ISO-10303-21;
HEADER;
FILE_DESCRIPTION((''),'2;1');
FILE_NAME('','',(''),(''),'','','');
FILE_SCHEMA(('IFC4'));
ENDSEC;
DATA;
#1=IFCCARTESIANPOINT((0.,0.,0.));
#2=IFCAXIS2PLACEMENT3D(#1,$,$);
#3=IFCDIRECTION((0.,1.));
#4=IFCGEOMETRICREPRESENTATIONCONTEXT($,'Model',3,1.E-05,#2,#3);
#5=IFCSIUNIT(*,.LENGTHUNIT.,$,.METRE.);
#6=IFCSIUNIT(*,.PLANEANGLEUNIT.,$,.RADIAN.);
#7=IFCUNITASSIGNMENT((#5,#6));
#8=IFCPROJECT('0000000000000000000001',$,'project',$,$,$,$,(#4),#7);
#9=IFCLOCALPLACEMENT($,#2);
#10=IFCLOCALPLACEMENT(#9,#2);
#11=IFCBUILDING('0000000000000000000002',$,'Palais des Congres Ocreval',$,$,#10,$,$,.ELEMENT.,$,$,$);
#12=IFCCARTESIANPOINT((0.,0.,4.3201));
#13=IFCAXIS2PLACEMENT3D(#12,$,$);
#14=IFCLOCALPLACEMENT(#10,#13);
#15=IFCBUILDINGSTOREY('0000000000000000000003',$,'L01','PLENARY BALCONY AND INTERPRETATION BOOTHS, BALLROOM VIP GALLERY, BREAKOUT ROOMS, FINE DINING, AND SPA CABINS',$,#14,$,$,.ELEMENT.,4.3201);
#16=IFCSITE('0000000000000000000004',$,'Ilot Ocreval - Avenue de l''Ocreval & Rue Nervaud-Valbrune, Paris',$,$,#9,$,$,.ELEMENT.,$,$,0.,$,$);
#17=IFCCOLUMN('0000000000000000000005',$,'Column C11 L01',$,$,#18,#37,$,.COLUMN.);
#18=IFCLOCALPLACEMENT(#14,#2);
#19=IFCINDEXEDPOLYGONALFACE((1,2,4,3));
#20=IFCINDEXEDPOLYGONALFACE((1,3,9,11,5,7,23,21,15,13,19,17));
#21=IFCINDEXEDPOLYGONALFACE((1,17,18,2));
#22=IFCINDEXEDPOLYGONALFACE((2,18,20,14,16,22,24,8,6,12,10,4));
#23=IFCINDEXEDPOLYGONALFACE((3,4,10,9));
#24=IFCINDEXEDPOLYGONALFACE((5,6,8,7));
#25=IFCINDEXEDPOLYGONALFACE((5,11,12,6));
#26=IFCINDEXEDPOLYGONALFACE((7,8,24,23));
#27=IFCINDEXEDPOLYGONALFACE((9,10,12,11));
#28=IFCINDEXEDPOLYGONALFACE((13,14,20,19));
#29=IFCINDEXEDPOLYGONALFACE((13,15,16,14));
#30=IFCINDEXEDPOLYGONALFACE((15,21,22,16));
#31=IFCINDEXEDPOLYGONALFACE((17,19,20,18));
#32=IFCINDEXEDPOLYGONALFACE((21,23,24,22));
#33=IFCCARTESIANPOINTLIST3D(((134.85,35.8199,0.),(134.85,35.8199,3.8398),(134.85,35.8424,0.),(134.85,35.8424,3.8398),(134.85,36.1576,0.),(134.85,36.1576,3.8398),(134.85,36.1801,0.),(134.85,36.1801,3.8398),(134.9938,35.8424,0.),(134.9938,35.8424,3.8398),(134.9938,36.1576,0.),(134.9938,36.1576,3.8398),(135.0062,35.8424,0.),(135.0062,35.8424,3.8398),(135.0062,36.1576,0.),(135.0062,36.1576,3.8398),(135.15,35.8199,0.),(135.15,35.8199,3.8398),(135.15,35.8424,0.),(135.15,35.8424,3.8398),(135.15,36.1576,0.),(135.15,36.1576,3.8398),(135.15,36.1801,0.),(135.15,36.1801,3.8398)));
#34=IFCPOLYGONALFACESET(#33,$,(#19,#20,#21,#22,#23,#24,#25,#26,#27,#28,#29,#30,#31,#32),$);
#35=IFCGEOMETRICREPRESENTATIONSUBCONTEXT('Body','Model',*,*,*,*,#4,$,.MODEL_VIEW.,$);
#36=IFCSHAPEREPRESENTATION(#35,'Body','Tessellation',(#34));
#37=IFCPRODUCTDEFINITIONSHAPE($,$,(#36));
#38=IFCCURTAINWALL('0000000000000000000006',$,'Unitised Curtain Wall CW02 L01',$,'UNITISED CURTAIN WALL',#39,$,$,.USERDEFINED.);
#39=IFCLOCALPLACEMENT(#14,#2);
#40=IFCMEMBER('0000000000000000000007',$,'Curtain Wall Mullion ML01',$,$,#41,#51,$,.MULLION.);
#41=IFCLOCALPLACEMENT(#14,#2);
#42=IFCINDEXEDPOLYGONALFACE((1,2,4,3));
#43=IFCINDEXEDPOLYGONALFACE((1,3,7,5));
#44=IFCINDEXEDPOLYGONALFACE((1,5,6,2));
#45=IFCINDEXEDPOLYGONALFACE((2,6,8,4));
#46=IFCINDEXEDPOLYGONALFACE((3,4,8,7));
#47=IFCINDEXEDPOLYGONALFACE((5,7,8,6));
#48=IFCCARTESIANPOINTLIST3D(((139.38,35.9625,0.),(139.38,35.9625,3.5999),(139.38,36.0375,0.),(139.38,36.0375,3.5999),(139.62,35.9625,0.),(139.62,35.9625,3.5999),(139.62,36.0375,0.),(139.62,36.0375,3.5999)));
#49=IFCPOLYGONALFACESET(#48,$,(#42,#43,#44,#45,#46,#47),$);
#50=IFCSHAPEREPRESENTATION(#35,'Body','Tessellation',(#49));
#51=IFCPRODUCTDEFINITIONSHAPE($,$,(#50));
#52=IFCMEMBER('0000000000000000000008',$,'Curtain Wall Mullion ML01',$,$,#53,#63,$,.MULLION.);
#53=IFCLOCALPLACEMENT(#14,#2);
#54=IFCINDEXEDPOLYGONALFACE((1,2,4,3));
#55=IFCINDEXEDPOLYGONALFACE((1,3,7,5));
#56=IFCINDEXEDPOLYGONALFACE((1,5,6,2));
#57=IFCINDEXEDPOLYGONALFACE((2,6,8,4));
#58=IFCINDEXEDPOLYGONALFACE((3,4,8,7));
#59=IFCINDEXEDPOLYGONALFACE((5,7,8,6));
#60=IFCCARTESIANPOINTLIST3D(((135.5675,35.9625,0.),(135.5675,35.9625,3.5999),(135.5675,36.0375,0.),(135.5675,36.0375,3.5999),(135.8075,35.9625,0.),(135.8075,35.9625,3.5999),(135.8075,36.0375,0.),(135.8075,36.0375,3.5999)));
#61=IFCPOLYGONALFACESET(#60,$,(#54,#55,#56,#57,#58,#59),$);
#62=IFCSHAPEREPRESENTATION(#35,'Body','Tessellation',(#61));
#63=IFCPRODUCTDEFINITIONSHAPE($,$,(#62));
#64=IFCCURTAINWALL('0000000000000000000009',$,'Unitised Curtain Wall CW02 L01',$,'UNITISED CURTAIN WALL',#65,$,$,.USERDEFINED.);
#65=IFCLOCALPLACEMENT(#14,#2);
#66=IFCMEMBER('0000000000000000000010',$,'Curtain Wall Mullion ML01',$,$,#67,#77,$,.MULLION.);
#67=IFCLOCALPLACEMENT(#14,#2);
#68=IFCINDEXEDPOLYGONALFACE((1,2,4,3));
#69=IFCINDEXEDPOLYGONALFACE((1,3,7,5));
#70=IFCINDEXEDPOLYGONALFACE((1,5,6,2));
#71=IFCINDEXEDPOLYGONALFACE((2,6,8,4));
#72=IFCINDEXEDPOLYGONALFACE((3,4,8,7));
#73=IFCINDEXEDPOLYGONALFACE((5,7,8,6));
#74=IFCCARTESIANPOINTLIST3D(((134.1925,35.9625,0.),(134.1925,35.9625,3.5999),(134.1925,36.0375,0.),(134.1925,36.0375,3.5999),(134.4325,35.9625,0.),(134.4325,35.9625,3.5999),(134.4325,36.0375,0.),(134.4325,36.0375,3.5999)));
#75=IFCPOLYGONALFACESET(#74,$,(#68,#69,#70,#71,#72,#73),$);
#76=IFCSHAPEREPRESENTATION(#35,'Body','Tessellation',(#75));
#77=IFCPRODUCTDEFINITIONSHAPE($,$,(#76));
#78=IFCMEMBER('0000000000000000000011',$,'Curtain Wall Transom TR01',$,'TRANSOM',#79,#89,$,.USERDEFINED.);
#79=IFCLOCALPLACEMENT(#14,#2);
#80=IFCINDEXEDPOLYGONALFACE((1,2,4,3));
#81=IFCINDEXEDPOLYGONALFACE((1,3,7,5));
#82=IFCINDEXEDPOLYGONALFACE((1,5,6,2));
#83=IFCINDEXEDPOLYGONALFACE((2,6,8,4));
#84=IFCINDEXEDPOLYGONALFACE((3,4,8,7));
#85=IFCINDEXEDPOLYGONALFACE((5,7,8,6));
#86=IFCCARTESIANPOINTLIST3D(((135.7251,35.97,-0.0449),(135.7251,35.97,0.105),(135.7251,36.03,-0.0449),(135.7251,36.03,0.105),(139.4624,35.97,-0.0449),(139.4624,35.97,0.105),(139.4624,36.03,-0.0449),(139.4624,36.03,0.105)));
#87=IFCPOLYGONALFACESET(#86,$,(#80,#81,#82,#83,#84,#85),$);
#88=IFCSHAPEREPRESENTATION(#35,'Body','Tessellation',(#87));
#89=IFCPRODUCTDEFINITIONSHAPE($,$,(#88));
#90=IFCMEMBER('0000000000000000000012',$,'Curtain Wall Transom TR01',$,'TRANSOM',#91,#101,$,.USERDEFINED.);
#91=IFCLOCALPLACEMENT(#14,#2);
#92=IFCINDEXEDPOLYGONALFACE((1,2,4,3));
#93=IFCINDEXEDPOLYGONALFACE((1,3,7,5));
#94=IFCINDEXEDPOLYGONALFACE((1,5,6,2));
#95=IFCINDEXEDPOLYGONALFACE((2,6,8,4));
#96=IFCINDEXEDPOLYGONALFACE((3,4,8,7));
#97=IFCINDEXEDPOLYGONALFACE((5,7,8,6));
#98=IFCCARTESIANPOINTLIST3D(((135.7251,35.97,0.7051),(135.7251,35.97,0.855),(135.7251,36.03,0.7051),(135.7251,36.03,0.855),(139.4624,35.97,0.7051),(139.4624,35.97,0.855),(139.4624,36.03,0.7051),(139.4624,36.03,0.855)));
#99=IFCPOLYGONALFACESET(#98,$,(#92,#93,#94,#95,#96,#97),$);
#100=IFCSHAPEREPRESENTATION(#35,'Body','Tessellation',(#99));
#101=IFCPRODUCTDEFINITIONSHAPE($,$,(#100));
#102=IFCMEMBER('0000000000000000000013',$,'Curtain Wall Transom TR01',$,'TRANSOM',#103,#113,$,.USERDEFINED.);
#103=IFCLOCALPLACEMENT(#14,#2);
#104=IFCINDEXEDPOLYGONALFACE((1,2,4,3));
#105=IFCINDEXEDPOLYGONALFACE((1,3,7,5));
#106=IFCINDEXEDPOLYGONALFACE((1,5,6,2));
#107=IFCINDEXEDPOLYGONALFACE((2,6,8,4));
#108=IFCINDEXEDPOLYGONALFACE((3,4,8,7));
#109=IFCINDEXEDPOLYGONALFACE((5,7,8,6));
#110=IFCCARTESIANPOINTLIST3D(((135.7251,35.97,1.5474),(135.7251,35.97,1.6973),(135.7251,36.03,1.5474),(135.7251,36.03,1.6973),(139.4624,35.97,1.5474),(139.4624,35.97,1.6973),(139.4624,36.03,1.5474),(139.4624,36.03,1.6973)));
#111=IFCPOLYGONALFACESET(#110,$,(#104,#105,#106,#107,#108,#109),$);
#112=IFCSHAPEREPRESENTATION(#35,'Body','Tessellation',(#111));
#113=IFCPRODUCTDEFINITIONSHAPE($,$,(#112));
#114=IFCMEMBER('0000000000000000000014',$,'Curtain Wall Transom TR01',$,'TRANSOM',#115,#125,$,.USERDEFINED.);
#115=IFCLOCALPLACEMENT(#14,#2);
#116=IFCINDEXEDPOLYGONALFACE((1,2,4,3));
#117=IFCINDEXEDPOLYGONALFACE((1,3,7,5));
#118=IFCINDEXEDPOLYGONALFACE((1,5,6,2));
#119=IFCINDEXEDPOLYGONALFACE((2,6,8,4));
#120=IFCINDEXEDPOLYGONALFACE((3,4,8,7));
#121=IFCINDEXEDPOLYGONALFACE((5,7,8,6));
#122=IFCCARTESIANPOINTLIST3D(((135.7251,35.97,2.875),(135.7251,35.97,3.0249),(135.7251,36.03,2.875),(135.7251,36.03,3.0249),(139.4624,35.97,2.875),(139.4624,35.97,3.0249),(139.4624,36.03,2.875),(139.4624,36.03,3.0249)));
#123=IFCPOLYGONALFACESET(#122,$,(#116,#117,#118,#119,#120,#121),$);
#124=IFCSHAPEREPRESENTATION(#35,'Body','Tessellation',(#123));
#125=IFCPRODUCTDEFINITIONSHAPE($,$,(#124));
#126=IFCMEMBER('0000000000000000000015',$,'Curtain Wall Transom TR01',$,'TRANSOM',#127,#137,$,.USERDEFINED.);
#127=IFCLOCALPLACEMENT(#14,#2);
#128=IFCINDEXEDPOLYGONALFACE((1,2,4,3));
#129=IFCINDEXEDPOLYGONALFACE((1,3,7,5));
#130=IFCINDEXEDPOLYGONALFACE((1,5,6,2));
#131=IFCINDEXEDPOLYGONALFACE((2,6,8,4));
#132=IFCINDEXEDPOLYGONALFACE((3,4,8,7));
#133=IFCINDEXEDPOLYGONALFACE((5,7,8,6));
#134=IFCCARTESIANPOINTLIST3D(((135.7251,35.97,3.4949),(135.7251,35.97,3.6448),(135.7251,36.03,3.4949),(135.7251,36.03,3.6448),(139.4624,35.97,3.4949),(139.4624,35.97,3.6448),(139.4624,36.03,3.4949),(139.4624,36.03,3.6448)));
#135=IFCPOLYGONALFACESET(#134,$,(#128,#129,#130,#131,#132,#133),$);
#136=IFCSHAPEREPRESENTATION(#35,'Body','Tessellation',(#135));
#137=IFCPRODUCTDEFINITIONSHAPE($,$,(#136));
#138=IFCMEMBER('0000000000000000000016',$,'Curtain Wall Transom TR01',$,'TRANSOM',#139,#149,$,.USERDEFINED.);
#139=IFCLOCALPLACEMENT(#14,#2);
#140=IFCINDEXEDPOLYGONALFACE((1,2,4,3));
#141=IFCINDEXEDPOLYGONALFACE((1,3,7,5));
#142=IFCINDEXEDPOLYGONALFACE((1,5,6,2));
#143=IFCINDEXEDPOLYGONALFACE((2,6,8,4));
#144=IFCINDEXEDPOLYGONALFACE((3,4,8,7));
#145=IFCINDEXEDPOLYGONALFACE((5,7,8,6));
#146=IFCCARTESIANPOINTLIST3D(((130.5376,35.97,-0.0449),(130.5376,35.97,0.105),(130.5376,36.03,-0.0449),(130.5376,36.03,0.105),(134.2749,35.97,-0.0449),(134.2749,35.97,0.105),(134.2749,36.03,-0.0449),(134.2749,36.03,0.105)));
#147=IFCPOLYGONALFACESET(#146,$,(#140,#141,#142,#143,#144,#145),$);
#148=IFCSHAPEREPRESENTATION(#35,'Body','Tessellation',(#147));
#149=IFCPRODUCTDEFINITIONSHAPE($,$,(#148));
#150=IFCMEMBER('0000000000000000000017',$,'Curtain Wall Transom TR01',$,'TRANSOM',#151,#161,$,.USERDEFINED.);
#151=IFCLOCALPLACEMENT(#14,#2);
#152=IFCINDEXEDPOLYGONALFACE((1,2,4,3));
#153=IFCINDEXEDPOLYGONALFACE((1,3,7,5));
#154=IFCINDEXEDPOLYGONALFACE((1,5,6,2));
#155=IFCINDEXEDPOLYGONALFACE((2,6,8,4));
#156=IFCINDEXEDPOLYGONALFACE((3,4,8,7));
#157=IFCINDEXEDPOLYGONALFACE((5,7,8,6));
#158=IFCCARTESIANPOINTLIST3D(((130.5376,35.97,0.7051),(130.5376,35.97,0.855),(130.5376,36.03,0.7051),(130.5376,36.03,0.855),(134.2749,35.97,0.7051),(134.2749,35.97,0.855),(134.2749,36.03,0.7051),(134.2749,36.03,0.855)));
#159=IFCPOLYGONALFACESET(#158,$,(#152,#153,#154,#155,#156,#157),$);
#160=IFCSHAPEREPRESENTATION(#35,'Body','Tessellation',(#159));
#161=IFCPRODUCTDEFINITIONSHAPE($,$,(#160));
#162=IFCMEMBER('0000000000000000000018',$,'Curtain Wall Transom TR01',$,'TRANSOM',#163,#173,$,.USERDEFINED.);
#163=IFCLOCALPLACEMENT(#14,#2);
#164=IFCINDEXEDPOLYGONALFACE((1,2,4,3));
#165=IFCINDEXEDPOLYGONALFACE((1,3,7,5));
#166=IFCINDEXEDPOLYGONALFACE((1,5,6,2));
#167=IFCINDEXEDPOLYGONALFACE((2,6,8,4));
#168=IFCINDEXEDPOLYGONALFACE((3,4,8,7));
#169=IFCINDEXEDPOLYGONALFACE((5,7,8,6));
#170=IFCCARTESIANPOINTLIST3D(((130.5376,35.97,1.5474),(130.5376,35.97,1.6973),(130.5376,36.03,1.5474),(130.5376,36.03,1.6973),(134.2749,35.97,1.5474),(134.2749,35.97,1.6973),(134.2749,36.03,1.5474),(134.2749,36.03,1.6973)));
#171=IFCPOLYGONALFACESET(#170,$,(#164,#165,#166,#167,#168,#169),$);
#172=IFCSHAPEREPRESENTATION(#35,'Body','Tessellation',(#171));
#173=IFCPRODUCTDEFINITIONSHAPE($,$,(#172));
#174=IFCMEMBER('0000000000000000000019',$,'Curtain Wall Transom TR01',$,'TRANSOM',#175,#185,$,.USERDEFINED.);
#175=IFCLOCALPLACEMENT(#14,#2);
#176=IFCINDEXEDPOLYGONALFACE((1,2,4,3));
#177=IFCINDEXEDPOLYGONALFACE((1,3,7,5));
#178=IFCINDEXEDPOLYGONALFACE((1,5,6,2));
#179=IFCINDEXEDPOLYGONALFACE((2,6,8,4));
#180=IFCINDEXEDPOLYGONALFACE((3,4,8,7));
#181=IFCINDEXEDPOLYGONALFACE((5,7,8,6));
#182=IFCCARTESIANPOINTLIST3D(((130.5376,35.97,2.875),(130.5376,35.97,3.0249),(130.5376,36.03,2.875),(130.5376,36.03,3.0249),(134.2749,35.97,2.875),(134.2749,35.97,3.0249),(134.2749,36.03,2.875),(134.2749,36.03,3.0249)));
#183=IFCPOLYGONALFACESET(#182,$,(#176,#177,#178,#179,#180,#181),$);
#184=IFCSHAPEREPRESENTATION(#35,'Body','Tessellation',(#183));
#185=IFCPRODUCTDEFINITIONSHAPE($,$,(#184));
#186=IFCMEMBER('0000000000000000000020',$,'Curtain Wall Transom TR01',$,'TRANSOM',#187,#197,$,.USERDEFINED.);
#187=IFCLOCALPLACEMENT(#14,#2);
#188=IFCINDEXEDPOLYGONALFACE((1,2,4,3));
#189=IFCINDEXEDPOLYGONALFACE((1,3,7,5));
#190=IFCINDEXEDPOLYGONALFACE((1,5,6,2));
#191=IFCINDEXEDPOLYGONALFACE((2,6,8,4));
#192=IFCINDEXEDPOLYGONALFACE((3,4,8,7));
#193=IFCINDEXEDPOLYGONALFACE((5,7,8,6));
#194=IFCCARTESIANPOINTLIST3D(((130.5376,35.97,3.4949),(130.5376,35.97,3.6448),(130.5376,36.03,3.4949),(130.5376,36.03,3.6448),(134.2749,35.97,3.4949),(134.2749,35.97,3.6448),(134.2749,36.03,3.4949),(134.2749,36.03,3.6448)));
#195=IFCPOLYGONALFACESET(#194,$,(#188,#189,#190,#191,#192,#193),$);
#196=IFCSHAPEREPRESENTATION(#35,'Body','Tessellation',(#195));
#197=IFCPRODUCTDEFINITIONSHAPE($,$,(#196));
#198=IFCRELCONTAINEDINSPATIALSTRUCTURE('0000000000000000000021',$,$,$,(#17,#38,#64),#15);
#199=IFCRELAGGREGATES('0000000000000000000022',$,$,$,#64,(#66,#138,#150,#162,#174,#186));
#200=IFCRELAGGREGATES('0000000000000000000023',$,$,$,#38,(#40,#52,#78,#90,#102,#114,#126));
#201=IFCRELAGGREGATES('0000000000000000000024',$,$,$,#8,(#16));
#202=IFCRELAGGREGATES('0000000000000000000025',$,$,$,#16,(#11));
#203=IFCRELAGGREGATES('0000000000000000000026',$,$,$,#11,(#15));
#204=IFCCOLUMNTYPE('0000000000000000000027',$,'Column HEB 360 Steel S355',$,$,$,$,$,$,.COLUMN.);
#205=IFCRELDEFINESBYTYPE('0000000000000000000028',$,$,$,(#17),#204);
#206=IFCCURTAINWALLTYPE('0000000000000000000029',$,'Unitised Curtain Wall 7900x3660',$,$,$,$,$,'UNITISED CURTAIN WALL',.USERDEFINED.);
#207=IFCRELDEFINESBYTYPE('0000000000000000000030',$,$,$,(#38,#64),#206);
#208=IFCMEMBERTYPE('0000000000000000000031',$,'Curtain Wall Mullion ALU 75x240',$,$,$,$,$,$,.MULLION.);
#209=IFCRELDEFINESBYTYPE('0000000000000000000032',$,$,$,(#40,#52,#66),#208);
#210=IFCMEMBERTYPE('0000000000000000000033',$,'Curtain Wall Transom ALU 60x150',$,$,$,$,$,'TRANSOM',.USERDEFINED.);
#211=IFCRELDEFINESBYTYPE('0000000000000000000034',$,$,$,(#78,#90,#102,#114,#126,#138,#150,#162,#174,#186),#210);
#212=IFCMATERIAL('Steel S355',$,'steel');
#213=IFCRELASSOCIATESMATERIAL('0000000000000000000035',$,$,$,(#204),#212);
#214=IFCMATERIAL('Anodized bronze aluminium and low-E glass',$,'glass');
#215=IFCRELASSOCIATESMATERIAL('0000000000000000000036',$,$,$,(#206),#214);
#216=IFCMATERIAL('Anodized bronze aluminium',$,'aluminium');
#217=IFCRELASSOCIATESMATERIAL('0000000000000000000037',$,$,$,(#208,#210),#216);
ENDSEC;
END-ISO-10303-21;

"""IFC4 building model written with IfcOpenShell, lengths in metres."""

from ifc_helpers import new_model, si_unit, direction, frame, origin, origin_2d, place, context, subcontext, project, spatial, rectangle, i_section, extrude, material, material_profile, profile_set, type_object, element, aggregate, save


model = new_model("IFC4")

# Units and contexts
model_context = context("Model", 3, precision=1e-05, world=origin(), true_north=direction((0.0, 1.0)))
body_context = subcontext(model_context, "Body", "Model", "MODEL_VIEW")
ifc_project = project(units=[si_unit("LENGTHUNIT", "METRE"), si_unit("PLANEANGLEUNIT", "RADIAN")], contexts=[model_context])

# Site, building, storey
site_placement = place(None, origin())
site = spatial("IfcSite", under=ifc_project, at=site_placement, Name="Ilot Ocreval - Avenue de l'Ocreval & Rue Nervaud-Valbrune, Paris", CompositionType="ELEMENT", RefElevation=0.0)
building_placement = place(site_placement, origin())
building = spatial("IfcBuilding", under=site, at=building_placement, Name="Palais des Congres Ocreval", CompositionType="ELEMENT")
storey_placement = place(building_placement, frame((0.0, 0.0, 4.3201)))
storey = spatial("IfcBuildingStorey", under=building, at=storey_placement, Name="L01", Description="PLENARY BALCONY AND INTERPRETATION BOOTHS, BALLROOM VIP GALLERY, BREAKOUT ROOMS, FINE DINING, AND SPA CABINS", CompositionType="ELEMENT", Elevation=4.3201)

# Column
ifc_material_1 = material(Name="Steel S355", Category="steel")
ifc_material_profile_1 = material_profile(ifc_material_1, i_section(OverallWidth=0.3, OverallDepth=0.3601, WebThickness=0.0125, FlangeThickness=0.0225, at=origin_2d()), Name="HEB 360")
ifc_profile_set_1 = profile_set([ifc_material_profile_1], Name="Steel S355")
column_type = type_object("IfcColumnType", Name="Column HEB 360 Steel S355", PredefinedType="COLUMN", material=ifc_profile_set_1)
column_placement = place(storey_placement, frame((135.0, 36.0, 0.0), z_axis=(0.0, 0.0, 1.0), x_axis=(1.0, 0.0, 0.0)))
element("IfcColumn", 1, at=column_placement, inside=storey, type_object=column_type, Name="Column C11 L01", PredefinedType="COLUMN", context=body_context, shape_type="SweptSolid", body=[
    extrude(i_section(OverallWidth=0.3, OverallDepth=0.3601, WebThickness=0.0125, FlangeThickness=0.0225, at=origin_2d()), origin(), (0.0, 0.0, 1.0), 3.8398),
])

# Curtain wall, members
ifc_material_2 = material(Name="Anodized bronze aluminium and low-E glass", Category="glass")
curtain_wall_type = type_object("IfcCurtainWallType", Name="Unitised Curtain Wall 7900x3660", ElementType="UNITISED CURTAIN WALL", PredefinedType="USERDEFINED", material=ifc_material_2)
curtain_wall_1_placement = place(storey_placement, origin())
curtain_wall_1 = element("IfcCurtainWall", 2, at=curtain_wall_1_placement, inside=storey, type_object=curtain_wall_type, Name="Unitised Curtain Wall CW02 L01", ObjectType="UNITISED CURTAIN WALL", PredefinedType="USERDEFINED")
ifc_material_3 = material(Name="Anodized bronze aluminium", Category="aluminium")
ifc_material_profile_2 = material_profile(ifc_material_3, rectangle(XDim=0.075, YDim=0.24, at=origin_2d()), Name="ALU 75x240")
ifc_profile_set_2 = profile_set([ifc_material_profile_2], Name="Anodized bronze aluminium")
member_type_1 = type_object("IfcMemberType", Name="Curtain Wall Mullion ALU 75x240", PredefinedType="MULLION", material=ifc_profile_set_2)
member_1_placement = place(storey_placement, frame((139.5, 36.0, 0.0), z_axis=(0.0, 0.0, 1.0), x_axis=(0.0, -1.0, 0.0)))
member_1 = element("IfcMember", 3, at=member_1_placement, type_object=member_type_1, Name="Curtain Wall Mullion ML01", PredefinedType="MULLION", context=body_context, shape_type="SweptSolid", body=[
    extrude(rectangle(XDim=0.075, YDim=0.24, at=origin_2d()), origin(), (0.0, 0.0, 1.0), 3.5999),
])
member_2_placement = place(storey_placement, frame((135.6875, 36.0, 0.0), z_axis=(0.0, 0.0, 1.0), x_axis=(0.0, -1.0, 0.0)))
member_2 = element("IfcMember", 4, at=member_2_placement, type_object=member_type_1, Name="Curtain Wall Mullion ML01", PredefinedType="MULLION", context=body_context, shape_type="SweptSolid", body=[
    extrude(rectangle(XDim=0.075, YDim=0.24, at=origin_2d()), origin(), (0.0, 0.0, 1.0), 3.5999),
])

# Curtain wall, member
curtain_wall_2_placement = place(storey_placement, origin())
curtain_wall_2 = element("IfcCurtainWall", 5, at=curtain_wall_2_placement, inside=storey, type_object=curtain_wall_type, Name="Unitised Curtain Wall CW02 L01", ObjectType="UNITISED CURTAIN WALL", PredefinedType="USERDEFINED")
member_3_placement = place(storey_placement, frame((134.3125, 36.0, 0.0), z_axis=(0.0, 0.0, 1.0), x_axis=(0.0, -1.0, 0.0)))
member_3 = element("IfcMember", 6, at=member_3_placement, type_object=member_type_1, Name="Curtain Wall Mullion ML01", PredefinedType="MULLION", context=body_context, shape_type="SweptSolid", body=[
    extrude(rectangle(XDim=0.075, YDim=0.24, at=origin_2d()), origin(), (0.0, 0.0, 1.0), 3.5999),
])

# Members
ifc_material_profile_3 = material_profile(ifc_material_3, rectangle(XDim=0.0601, YDim=0.1499, at=origin_2d()), Name="ALU 60x150")
ifc_profile_set_3 = profile_set([ifc_material_profile_3], Name="Anodized bronze aluminium")
member_type_2 = type_object("IfcMemberType", Name="Curtain Wall Transom ALU 60x150", ElementType="TRANSOM", PredefinedType="USERDEFINED", material=ifc_profile_set_3)
member_4_placement = place(storey_placement, frame((139.4624, 36.0, 0.03), z_axis=(-1.0, 0.0, 0.0), x_axis=(0.0, -1.0, 0.0)))
member_4 = element("IfcMember", 7, at=member_4_placement, type_object=member_type_2, Name="Curtain Wall Transom TR01", ObjectType="TRANSOM", PredefinedType="USERDEFINED", context=body_context, shape_type="SweptSolid", body=[
    extrude(rectangle(XDim=0.0601, YDim=0.1499, at=origin_2d()), origin(), (0.0, 0.0, 1.0), 3.7373),
])
member_5_placement = place(storey_placement, frame((139.4624, 36.0, 0.78), z_axis=(-1.0, 0.0, 0.0), x_axis=(0.0, -1.0, 0.0)))
member_5 = element("IfcMember", 8, at=member_5_placement, type_object=member_type_2, Name="Curtain Wall Transom TR01", ObjectType="TRANSOM", PredefinedType="USERDEFINED", context=body_context, shape_type="SweptSolid", body=[
    extrude(rectangle(XDim=0.0601, YDim=0.1499, at=origin_2d()), origin(), (0.0, 0.0, 1.0), 3.7373),
])
member_6_placement = place(storey_placement, frame((139.4624, 36.0, 1.6223), z_axis=(-1.0, 0.0, 0.0), x_axis=(0.0, -1.0, 0.0)))
member_6 = element("IfcMember", 9, at=member_6_placement, type_object=member_type_2, Name="Curtain Wall Transom TR01", ObjectType="TRANSOM", PredefinedType="USERDEFINED", context=body_context, shape_type="SweptSolid", body=[
    extrude(rectangle(XDim=0.0601, YDim=0.1499, at=origin_2d()), origin(), (0.0, 0.0, 1.0), 3.7373),
])
member_7_placement = place(storey_placement, frame((139.4624, 36.0, 2.95), z_axis=(-1.0, 0.0, 0.0), x_axis=(0.0, -1.0, 0.0)))
member_7 = element("IfcMember", 10, at=member_7_placement, type_object=member_type_2, Name="Curtain Wall Transom TR01", ObjectType="TRANSOM", PredefinedType="USERDEFINED", context=body_context, shape_type="SweptSolid", body=[
    extrude(rectangle(XDim=0.0601, YDim=0.1499, at=origin_2d()), origin(), (0.0, 0.0, 1.0), 3.7373),
])
member_8_placement = place(storey_placement, frame((139.4624, 36.0, 3.5698), z_axis=(-1.0, 0.0, 0.0), x_axis=(0.0, -1.0, 0.0)))
member_8 = element("IfcMember", 11, at=member_8_placement, type_object=member_type_2, Name="Curtain Wall Transom TR01", ObjectType="TRANSOM", PredefinedType="USERDEFINED", context=body_context, shape_type="SweptSolid", body=[
    extrude(rectangle(XDim=0.0601, YDim=0.1499, at=origin_2d()), origin(), (0.0, 0.0, 1.0), 3.7373),
])
member_9_placement = place(storey_placement, frame((134.2749, 36.0, 0.03), z_axis=(-1.0, 0.0, 0.0), x_axis=(0.0, -1.0, 0.0)))
member_9 = element("IfcMember", 12, at=member_9_placement, type_object=member_type_2, Name="Curtain Wall Transom TR01", ObjectType="TRANSOM", PredefinedType="USERDEFINED", context=body_context, shape_type="SweptSolid", body=[
    extrude(rectangle(XDim=0.0601, YDim=0.1499, at=origin_2d()), origin(), (0.0, 0.0, 1.0), 3.7373),
])
member_10_placement = place(storey_placement, frame((134.2749, 36.0, 0.78), z_axis=(-1.0, 0.0, 0.0), x_axis=(0.0, -1.0, 0.0)))
member_10 = element("IfcMember", 13, at=member_10_placement, type_object=member_type_2, Name="Curtain Wall Transom TR01", ObjectType="TRANSOM", PredefinedType="USERDEFINED", context=body_context, shape_type="SweptSolid", body=[
    extrude(rectangle(XDim=0.0601, YDim=0.1499, at=origin_2d()), origin(), (0.0, 0.0, 1.0), 3.7373),
])
member_11_placement = place(storey_placement, frame((134.2749, 36.0, 1.6223), z_axis=(-1.0, 0.0, 0.0), x_axis=(0.0, -1.0, 0.0)))
member_11 = element("IfcMember", 14, at=member_11_placement, type_object=member_type_2, Name="Curtain Wall Transom TR01", ObjectType="TRANSOM", PredefinedType="USERDEFINED", context=body_context, shape_type="SweptSolid", body=[
    extrude(rectangle(XDim=0.0601, YDim=0.1499, at=origin_2d()), origin(), (0.0, 0.0, 1.0), 3.7373),
])
member_12_placement = place(storey_placement, frame((134.2749, 36.0, 2.95), z_axis=(-1.0, 0.0, 0.0), x_axis=(0.0, -1.0, 0.0)))
member_12 = element("IfcMember", 15, at=member_12_placement, type_object=member_type_2, Name="Curtain Wall Transom TR01", ObjectType="TRANSOM", PredefinedType="USERDEFINED", context=body_context, shape_type="SweptSolid", body=[
    extrude(rectangle(XDim=0.0601, YDim=0.1499, at=origin_2d()), origin(), (0.0, 0.0, 1.0), 3.7373),
])
member_13_placement = place(storey_placement, frame((134.2749, 36.0, 3.5698), z_axis=(-1.0, 0.0, 0.0), x_axis=(0.0, -1.0, 0.0)))
member_13 = element("IfcMember", 16, at=member_13_placement, type_object=member_type_2, Name="Curtain Wall Transom TR01", ObjectType="TRANSOM", PredefinedType="USERDEFINED", context=body_context, shape_type="SweptSolid", body=[
    extrude(rectangle(XDim=0.0601, YDim=0.1499, at=origin_2d()), origin(), (0.0, 0.0, 1.0), 3.7373),
])
aggregate(curtain_wall_2, [member_3, member_9, member_10, member_11, member_12, member_13])

aggregate(curtain_wall_1, [member_1, member_2, member_4, member_5, member_6, member_7, member_8])

save(model, "model.ifc")
